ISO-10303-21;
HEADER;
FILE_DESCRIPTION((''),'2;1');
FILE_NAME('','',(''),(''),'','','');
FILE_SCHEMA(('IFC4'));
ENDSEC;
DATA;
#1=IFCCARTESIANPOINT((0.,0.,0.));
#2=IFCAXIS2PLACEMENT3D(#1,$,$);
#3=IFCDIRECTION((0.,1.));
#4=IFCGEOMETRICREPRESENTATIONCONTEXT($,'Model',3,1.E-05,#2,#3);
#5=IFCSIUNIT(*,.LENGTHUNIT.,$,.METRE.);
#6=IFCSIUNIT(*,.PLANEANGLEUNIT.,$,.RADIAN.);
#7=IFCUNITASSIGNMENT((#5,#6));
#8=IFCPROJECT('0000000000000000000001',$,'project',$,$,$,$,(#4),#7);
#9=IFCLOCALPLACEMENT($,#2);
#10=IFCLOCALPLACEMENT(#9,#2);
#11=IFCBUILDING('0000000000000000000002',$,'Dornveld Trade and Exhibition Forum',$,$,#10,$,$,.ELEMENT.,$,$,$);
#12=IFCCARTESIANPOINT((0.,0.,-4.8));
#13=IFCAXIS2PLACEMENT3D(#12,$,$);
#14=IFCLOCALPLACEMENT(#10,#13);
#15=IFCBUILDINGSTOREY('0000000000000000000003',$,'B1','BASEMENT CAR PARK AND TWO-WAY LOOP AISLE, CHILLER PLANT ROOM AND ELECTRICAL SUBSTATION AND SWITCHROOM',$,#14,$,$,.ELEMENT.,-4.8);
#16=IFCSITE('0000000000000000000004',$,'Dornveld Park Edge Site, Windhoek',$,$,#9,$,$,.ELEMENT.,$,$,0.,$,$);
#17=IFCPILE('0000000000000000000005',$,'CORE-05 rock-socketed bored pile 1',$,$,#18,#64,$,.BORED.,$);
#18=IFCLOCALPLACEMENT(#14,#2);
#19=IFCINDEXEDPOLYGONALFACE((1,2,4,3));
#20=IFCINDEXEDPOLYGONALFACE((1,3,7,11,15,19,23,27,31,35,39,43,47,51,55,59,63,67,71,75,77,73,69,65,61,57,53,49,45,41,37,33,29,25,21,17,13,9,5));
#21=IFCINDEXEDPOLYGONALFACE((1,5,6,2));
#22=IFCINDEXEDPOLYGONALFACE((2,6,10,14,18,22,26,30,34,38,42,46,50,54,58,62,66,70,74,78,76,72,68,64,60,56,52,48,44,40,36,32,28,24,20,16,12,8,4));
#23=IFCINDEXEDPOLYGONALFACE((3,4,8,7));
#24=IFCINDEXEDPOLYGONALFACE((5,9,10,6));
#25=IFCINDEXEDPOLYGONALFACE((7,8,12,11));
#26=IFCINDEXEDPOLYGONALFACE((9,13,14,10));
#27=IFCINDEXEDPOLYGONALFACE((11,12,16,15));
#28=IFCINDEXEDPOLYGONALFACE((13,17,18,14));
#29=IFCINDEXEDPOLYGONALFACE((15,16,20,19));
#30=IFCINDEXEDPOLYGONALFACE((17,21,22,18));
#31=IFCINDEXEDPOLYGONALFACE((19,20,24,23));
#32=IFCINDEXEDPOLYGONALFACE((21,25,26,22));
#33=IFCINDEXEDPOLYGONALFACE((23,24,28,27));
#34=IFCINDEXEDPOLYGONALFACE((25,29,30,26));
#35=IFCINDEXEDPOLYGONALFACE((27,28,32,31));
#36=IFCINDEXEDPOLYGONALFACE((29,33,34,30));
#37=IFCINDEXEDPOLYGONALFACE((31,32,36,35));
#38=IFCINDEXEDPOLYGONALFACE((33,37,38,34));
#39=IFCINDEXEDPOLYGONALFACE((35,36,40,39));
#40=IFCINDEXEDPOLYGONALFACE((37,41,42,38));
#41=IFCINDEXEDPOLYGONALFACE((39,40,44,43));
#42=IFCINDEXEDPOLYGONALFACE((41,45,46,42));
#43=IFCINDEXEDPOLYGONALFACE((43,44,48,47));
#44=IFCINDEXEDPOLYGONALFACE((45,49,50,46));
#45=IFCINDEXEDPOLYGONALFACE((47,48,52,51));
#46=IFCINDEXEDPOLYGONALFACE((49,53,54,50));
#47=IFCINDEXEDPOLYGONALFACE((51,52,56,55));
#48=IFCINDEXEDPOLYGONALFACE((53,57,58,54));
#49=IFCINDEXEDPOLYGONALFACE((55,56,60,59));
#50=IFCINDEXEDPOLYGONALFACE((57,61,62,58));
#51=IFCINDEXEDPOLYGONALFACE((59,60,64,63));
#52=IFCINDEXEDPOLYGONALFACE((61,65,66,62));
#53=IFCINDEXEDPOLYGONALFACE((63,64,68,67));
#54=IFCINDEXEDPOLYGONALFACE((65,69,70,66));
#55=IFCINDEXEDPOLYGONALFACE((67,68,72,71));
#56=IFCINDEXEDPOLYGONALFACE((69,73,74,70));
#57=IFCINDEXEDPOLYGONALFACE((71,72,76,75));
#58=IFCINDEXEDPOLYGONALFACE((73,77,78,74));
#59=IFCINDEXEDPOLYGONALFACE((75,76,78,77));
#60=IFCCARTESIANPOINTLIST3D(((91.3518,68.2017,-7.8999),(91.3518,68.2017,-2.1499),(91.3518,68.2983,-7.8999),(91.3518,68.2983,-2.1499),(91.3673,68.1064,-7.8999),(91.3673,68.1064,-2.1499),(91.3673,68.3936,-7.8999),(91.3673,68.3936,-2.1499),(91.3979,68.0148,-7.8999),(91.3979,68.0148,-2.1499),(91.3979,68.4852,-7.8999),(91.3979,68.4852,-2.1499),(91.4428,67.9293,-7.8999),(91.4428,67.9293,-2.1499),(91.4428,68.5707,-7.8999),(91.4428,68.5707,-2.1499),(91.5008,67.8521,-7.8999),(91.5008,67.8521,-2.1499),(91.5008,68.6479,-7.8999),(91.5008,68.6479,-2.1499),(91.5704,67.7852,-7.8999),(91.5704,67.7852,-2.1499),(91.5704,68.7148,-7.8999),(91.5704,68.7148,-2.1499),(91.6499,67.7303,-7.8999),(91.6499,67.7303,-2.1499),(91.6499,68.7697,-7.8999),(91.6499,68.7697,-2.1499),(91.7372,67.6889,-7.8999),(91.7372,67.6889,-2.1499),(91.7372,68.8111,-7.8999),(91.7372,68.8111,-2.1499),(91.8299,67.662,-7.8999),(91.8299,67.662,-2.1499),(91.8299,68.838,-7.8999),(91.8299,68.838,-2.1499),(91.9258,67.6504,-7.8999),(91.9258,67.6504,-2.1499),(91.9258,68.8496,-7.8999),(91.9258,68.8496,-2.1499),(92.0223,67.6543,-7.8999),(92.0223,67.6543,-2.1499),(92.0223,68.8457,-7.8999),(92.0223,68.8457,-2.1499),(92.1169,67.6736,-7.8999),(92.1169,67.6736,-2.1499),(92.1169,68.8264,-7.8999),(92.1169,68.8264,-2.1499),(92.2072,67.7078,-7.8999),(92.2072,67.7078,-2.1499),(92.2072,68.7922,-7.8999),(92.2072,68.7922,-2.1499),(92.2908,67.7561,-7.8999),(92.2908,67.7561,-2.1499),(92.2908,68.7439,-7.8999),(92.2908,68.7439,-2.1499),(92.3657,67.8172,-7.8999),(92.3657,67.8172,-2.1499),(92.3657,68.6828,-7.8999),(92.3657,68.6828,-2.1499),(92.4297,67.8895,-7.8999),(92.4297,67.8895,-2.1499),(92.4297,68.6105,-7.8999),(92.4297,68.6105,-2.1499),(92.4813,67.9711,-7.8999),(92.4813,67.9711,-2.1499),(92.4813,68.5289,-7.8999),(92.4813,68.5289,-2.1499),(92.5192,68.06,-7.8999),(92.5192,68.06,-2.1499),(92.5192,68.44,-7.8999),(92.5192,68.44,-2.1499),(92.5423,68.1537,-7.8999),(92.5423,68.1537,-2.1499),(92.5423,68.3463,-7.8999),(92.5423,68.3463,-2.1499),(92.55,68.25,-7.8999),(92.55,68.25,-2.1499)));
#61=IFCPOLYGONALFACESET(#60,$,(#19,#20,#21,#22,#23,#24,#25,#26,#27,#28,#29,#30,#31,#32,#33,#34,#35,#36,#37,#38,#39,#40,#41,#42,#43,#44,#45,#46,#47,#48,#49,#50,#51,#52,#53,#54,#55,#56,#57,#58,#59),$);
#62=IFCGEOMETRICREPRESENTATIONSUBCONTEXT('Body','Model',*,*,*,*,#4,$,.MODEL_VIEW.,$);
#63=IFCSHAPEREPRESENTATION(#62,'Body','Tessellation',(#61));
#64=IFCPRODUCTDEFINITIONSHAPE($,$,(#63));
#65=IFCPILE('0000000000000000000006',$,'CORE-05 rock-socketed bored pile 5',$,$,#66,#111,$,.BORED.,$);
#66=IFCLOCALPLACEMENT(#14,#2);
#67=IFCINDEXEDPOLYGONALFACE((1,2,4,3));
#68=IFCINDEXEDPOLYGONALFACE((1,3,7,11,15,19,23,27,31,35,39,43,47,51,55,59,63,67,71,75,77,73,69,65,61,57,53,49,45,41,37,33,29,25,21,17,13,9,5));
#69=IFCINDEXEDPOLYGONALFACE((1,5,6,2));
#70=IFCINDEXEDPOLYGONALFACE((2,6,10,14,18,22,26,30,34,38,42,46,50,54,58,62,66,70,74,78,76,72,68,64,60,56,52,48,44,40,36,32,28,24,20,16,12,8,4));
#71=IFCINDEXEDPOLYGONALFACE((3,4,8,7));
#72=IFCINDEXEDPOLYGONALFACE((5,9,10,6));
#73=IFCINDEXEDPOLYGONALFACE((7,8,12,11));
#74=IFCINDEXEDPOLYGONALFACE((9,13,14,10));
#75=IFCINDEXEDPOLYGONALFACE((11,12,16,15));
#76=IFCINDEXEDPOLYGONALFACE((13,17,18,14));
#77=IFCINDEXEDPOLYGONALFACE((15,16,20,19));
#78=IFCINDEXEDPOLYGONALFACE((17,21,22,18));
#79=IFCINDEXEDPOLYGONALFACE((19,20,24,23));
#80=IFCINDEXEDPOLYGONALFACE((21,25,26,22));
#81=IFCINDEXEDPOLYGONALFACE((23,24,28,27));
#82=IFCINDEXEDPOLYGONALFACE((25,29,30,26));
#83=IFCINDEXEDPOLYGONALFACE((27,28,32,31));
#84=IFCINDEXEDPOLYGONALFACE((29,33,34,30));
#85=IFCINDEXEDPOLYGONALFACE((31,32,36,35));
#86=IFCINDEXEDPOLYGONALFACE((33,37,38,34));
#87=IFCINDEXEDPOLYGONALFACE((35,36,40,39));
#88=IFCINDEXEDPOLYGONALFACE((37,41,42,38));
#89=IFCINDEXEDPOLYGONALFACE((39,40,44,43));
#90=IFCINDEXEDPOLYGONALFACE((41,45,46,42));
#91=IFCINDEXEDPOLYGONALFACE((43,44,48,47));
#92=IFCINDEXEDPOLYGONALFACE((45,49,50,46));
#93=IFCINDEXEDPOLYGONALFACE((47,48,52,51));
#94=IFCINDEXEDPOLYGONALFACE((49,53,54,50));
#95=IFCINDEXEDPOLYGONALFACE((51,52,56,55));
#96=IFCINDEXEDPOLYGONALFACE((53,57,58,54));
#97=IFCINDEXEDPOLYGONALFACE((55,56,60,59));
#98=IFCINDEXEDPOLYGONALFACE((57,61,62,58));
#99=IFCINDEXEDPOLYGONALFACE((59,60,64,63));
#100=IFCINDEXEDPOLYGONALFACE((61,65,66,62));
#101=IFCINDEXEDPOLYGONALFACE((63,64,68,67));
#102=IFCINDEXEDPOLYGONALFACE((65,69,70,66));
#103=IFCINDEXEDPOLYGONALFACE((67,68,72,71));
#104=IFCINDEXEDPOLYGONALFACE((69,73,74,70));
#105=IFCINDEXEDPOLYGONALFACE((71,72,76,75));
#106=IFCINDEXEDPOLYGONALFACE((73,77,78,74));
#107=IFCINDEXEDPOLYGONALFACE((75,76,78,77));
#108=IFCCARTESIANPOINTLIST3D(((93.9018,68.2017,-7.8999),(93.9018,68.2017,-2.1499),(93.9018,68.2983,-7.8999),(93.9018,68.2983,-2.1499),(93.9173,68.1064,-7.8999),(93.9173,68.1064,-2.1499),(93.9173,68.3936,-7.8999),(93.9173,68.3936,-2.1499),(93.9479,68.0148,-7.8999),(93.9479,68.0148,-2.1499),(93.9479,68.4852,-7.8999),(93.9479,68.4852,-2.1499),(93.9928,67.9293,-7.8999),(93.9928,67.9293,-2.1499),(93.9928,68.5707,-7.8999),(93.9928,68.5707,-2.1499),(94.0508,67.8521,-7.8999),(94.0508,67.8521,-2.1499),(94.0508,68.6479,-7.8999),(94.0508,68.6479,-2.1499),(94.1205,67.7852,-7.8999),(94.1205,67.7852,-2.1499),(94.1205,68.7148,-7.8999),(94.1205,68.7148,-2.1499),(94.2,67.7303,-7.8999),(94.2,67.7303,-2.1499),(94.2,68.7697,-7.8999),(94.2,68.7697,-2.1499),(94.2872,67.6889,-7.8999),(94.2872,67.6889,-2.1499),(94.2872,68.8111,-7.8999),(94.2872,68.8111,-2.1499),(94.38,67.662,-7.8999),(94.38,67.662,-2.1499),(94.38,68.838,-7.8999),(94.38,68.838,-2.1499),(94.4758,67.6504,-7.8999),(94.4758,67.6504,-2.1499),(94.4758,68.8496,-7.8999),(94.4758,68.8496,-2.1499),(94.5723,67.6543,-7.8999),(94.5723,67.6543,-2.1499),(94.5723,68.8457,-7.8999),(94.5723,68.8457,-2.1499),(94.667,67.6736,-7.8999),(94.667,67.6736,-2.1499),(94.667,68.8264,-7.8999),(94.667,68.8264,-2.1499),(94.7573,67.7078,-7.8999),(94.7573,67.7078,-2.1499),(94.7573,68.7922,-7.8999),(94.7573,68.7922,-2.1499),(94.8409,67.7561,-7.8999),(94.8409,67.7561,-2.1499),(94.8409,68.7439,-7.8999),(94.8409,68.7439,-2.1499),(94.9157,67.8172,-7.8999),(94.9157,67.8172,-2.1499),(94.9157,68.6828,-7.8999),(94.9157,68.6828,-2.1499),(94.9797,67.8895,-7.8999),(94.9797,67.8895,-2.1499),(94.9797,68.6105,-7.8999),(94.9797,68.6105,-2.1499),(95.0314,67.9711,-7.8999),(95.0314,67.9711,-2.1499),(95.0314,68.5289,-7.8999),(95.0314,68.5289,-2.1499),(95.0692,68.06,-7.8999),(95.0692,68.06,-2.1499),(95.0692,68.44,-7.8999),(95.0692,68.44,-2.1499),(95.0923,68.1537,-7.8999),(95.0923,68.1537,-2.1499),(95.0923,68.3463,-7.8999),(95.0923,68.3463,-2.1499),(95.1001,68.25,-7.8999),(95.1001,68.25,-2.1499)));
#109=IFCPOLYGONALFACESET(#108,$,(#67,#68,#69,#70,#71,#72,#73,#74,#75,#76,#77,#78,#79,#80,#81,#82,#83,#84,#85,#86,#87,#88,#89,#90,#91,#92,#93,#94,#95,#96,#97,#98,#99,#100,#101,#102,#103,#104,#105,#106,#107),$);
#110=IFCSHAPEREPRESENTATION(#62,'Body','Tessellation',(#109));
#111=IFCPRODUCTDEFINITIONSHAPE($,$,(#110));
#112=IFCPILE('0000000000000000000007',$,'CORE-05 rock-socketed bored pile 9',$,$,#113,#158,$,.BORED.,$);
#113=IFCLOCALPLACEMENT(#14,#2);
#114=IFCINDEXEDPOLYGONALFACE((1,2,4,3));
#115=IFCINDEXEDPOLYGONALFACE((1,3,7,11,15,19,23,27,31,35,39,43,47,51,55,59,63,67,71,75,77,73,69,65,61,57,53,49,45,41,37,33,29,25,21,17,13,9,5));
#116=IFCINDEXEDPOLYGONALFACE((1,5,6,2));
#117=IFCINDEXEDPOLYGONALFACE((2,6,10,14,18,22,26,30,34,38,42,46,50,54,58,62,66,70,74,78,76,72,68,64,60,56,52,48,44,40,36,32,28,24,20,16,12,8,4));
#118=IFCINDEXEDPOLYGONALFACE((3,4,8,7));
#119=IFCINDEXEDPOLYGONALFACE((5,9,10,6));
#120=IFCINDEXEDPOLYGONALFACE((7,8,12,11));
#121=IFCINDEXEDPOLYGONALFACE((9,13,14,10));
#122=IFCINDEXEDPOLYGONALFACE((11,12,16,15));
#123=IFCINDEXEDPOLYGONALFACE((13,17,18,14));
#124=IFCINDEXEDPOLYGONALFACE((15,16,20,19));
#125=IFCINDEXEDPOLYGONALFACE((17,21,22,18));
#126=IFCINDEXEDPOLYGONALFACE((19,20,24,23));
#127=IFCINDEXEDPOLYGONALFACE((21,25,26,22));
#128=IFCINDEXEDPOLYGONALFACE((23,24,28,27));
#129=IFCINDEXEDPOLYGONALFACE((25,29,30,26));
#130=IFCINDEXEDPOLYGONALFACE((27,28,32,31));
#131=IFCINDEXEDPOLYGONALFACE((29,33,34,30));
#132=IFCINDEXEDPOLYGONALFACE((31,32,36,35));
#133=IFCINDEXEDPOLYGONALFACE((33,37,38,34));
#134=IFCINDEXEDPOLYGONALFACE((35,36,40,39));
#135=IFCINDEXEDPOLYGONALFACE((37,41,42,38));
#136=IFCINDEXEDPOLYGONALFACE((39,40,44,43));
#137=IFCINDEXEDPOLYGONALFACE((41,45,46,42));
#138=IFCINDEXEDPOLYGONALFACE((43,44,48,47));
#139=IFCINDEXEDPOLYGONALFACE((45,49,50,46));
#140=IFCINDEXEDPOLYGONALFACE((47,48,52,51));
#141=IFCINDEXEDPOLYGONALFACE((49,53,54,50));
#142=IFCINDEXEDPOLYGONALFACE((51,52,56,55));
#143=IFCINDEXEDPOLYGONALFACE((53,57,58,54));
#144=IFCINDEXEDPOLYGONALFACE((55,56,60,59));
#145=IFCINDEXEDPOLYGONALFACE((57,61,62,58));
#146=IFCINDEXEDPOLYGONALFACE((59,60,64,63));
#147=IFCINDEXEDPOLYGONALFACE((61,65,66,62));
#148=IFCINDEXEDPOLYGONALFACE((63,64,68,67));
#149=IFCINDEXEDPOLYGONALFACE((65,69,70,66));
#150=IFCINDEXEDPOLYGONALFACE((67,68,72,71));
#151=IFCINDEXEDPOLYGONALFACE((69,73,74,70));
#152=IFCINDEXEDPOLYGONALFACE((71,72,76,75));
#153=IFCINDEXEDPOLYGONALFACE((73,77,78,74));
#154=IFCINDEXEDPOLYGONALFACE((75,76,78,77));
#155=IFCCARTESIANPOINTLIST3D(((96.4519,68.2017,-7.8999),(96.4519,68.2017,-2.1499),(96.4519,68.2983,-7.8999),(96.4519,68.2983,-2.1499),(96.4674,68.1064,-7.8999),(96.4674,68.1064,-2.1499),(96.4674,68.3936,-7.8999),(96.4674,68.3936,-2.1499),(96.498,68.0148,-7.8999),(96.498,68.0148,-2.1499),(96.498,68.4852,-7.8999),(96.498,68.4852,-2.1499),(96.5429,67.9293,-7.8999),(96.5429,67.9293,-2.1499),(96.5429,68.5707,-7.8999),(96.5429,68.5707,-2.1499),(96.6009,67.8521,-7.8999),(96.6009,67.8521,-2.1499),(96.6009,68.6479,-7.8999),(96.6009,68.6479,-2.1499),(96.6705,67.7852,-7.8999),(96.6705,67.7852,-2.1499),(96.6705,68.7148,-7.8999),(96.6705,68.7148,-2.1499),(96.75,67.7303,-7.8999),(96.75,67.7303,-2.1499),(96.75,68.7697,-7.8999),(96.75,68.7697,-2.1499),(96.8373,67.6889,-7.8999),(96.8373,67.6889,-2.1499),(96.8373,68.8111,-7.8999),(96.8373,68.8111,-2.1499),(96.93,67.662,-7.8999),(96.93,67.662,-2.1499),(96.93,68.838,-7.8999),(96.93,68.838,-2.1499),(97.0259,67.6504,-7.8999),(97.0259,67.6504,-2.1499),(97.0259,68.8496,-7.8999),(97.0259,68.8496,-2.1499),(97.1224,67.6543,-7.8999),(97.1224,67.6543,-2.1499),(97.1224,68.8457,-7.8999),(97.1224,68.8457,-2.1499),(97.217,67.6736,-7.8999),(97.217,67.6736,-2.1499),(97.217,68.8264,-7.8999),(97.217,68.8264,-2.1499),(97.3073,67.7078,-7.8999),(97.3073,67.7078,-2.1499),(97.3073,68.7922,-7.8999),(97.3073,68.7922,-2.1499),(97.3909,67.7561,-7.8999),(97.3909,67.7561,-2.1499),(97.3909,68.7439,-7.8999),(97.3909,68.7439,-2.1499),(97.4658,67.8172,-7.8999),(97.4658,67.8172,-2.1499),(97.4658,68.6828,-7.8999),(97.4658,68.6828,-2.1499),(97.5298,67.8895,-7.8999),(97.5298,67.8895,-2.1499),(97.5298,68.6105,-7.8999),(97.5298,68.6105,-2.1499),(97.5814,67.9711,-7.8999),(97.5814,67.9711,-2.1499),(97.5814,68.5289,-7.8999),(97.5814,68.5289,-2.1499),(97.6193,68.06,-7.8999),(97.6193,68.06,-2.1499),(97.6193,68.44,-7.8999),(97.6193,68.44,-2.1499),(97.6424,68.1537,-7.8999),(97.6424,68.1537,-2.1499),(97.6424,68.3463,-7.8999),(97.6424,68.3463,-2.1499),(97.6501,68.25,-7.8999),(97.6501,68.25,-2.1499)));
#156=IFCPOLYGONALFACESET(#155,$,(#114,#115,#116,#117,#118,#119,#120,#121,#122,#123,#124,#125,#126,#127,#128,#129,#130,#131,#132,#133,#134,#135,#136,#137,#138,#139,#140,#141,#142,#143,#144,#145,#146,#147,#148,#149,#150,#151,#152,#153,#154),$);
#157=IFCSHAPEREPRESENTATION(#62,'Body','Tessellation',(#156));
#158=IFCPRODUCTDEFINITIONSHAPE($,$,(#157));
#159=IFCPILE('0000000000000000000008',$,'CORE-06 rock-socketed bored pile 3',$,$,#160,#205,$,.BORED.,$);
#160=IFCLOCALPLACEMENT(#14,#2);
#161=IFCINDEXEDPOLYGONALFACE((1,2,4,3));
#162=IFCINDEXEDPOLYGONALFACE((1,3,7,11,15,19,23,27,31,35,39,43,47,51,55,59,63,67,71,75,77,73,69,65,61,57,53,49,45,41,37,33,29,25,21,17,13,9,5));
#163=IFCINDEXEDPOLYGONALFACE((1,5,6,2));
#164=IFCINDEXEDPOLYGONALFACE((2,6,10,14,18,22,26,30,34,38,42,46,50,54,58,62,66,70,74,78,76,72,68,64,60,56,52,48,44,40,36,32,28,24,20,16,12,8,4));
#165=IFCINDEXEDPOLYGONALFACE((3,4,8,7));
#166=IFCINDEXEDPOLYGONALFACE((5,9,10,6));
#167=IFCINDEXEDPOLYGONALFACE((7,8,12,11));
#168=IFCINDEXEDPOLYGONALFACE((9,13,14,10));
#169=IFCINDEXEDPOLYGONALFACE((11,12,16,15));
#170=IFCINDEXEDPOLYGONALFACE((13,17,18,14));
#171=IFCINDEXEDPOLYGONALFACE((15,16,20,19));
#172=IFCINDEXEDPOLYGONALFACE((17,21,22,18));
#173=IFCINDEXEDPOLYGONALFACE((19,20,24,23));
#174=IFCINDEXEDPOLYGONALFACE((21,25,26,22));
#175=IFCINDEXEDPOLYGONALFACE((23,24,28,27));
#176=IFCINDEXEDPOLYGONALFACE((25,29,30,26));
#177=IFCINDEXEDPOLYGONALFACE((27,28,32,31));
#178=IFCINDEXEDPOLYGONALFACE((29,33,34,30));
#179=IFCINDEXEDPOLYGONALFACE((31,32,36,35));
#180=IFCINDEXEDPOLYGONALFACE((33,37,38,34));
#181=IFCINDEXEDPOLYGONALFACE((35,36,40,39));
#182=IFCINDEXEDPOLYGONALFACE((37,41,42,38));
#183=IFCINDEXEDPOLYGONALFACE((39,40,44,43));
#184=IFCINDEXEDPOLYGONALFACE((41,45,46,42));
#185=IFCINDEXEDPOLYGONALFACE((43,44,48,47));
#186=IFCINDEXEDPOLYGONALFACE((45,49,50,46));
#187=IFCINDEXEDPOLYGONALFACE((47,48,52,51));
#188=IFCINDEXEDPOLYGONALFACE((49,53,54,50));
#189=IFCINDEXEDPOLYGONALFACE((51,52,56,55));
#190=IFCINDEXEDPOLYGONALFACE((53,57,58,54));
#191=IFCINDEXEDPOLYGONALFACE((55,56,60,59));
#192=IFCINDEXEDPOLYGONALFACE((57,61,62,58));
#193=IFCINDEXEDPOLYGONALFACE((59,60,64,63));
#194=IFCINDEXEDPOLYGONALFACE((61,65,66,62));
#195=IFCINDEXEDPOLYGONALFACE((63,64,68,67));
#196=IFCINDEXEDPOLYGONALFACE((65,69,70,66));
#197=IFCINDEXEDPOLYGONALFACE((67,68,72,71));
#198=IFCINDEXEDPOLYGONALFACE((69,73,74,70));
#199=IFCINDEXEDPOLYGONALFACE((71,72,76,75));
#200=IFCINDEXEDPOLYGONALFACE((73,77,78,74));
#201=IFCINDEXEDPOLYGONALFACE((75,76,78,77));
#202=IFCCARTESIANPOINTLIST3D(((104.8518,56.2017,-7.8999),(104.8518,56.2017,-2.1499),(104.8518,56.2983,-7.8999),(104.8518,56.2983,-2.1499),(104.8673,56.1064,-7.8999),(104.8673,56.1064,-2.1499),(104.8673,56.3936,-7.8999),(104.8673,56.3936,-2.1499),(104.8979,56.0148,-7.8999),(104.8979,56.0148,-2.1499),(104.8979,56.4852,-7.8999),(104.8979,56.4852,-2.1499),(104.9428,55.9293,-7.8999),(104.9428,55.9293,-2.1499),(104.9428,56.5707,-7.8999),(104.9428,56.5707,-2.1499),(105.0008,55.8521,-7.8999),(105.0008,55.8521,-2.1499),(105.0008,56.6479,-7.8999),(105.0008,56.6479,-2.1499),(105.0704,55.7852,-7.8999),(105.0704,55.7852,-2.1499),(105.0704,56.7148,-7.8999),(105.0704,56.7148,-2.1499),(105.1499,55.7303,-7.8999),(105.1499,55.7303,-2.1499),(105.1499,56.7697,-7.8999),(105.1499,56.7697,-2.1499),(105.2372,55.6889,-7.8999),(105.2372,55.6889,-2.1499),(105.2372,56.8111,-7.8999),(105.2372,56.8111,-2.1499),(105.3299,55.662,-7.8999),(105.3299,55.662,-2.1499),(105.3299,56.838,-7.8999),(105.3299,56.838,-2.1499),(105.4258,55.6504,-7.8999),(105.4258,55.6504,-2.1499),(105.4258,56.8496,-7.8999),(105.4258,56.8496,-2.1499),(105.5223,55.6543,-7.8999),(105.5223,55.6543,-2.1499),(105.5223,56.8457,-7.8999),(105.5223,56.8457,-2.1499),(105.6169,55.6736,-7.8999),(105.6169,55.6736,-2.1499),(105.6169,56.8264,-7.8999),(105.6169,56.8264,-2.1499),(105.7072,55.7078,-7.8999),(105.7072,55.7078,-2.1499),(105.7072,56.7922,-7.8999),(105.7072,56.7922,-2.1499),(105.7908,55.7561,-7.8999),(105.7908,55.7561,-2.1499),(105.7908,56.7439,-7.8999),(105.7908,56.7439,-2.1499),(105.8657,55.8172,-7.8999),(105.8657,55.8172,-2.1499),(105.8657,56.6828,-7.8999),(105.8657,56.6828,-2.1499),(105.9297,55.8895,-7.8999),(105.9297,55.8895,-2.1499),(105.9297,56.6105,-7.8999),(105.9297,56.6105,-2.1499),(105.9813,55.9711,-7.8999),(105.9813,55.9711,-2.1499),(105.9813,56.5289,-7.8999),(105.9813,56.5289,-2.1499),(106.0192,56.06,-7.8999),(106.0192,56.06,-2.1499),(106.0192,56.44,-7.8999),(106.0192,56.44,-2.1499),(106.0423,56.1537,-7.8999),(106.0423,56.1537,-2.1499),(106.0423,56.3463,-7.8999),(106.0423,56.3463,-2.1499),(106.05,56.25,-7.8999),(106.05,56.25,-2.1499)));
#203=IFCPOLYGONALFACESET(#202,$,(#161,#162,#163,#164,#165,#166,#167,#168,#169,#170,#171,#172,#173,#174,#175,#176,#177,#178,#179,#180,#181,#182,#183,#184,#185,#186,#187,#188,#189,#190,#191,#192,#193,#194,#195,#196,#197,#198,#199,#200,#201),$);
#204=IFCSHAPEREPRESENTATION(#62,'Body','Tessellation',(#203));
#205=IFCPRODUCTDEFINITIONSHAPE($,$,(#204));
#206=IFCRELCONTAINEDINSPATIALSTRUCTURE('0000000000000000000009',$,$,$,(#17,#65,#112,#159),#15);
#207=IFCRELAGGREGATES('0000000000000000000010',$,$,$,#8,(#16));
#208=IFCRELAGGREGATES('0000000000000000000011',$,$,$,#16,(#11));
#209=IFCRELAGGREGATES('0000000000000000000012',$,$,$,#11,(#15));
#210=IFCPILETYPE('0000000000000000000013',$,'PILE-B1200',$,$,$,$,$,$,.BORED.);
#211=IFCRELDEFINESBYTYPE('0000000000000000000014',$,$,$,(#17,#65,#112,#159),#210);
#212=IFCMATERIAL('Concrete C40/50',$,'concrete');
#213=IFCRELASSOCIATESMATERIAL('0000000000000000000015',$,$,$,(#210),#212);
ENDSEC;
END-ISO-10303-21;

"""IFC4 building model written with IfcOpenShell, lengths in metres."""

from ifc_helpers import new_model, si_unit, direction, frame, origin, origin_2d, place, context, subcontext, project, spatial, circle, extrude, material, material_profile, profile_set, type_object, element, save


model = new_model("IFC4")

# Units and contexts
model_context = context("Model", 3, precision=1e-05, world=origin(), true_north=direction((0.0, 1.0)))
body_context = subcontext(model_context, "Body", "Model", "MODEL_VIEW")
ifc_project = project(units=[si_unit("LENGTHUNIT", "METRE"), si_unit("PLANEANGLEUNIT", "RADIAN")], contexts=[model_context])

# Site, building, storey
site_placement = place(None, origin())
site = spatial("IfcSite", under=ifc_project, at=site_placement, Name="Dornveld Park Edge Site, Windhoek", CompositionType="ELEMENT", RefElevation=0.0)
building_placement = place(site_placement, origin())
building = spatial("IfcBuilding", under=site, at=building_placement, Name="Dornveld Trade and Exhibition Forum", CompositionType="ELEMENT")
storey_placement = place(building_placement, frame((0.0, 0.0, -4.8)))
storey = spatial("IfcBuildingStorey", under=building, at=storey_placement, Name="B1", Description="BASEMENT CAR PARK AND TWO-WAY LOOP AISLE, CHILLER PLANT ROOM AND ELECTRICAL SUBSTATION AND SWITCHROOM", CompositionType="ELEMENT", Elevation=-4.8)

# Piles
ifc_material_1 = material(Name="Concrete C40/50", Category="concrete")
ifc_material_profile_1 = material_profile(ifc_material_1, circle(Radius=0.6001, at=origin_2d()), Name="PILE D1200")
ifc_profile_set_1 = profile_set([ifc_material_profile_1], Name="Concrete C40/50")
pile_type_1 = type_object("IfcPileType", Name="PILE-B1200", PredefinedType="BORED", material=ifc_profile_set_1)
for number, where, z_axis, x_axis, name in (
    (1, (91.95, 68.25, -2.1499), (0.0, 0.0, -1.0), (1.0, 0.0, 0.0), "CORE-05 rock-socketed bored pile 1"),
    (2, (94.5, 68.25, -2.1499), (0.0, 0.0, -1.0), (1.0, 0.0, 0.0), "CORE-05 rock-socketed bored pile 5"),
    (3, (97.05, 68.25, -2.1499), (0.0, 0.0, -1.0), (1.0, 0.0, 0.0), "CORE-05 rock-socketed bored pile 9"),
    (4, (105.45, 56.25, -2.1499), (0.0, 0.0, -1.0), (1.0, 0.0, 0.0), "CORE-06 rock-socketed bored pile 3"),
):
    element("IfcPile", number, at=place(storey_placement, frame(where, z_axis=z_axis, x_axis=x_axis)), inside=storey, type_object=pile_type_1, Name=name, PredefinedType="BORED", context=body_context, shape_type="SweptSolid", body=[
        extrude(circle(Radius=0.6001, at=origin_2d()), origin(), (0.0, 0.0, 1.0), 5.75),
    ])

save(model, "model.ifc")
